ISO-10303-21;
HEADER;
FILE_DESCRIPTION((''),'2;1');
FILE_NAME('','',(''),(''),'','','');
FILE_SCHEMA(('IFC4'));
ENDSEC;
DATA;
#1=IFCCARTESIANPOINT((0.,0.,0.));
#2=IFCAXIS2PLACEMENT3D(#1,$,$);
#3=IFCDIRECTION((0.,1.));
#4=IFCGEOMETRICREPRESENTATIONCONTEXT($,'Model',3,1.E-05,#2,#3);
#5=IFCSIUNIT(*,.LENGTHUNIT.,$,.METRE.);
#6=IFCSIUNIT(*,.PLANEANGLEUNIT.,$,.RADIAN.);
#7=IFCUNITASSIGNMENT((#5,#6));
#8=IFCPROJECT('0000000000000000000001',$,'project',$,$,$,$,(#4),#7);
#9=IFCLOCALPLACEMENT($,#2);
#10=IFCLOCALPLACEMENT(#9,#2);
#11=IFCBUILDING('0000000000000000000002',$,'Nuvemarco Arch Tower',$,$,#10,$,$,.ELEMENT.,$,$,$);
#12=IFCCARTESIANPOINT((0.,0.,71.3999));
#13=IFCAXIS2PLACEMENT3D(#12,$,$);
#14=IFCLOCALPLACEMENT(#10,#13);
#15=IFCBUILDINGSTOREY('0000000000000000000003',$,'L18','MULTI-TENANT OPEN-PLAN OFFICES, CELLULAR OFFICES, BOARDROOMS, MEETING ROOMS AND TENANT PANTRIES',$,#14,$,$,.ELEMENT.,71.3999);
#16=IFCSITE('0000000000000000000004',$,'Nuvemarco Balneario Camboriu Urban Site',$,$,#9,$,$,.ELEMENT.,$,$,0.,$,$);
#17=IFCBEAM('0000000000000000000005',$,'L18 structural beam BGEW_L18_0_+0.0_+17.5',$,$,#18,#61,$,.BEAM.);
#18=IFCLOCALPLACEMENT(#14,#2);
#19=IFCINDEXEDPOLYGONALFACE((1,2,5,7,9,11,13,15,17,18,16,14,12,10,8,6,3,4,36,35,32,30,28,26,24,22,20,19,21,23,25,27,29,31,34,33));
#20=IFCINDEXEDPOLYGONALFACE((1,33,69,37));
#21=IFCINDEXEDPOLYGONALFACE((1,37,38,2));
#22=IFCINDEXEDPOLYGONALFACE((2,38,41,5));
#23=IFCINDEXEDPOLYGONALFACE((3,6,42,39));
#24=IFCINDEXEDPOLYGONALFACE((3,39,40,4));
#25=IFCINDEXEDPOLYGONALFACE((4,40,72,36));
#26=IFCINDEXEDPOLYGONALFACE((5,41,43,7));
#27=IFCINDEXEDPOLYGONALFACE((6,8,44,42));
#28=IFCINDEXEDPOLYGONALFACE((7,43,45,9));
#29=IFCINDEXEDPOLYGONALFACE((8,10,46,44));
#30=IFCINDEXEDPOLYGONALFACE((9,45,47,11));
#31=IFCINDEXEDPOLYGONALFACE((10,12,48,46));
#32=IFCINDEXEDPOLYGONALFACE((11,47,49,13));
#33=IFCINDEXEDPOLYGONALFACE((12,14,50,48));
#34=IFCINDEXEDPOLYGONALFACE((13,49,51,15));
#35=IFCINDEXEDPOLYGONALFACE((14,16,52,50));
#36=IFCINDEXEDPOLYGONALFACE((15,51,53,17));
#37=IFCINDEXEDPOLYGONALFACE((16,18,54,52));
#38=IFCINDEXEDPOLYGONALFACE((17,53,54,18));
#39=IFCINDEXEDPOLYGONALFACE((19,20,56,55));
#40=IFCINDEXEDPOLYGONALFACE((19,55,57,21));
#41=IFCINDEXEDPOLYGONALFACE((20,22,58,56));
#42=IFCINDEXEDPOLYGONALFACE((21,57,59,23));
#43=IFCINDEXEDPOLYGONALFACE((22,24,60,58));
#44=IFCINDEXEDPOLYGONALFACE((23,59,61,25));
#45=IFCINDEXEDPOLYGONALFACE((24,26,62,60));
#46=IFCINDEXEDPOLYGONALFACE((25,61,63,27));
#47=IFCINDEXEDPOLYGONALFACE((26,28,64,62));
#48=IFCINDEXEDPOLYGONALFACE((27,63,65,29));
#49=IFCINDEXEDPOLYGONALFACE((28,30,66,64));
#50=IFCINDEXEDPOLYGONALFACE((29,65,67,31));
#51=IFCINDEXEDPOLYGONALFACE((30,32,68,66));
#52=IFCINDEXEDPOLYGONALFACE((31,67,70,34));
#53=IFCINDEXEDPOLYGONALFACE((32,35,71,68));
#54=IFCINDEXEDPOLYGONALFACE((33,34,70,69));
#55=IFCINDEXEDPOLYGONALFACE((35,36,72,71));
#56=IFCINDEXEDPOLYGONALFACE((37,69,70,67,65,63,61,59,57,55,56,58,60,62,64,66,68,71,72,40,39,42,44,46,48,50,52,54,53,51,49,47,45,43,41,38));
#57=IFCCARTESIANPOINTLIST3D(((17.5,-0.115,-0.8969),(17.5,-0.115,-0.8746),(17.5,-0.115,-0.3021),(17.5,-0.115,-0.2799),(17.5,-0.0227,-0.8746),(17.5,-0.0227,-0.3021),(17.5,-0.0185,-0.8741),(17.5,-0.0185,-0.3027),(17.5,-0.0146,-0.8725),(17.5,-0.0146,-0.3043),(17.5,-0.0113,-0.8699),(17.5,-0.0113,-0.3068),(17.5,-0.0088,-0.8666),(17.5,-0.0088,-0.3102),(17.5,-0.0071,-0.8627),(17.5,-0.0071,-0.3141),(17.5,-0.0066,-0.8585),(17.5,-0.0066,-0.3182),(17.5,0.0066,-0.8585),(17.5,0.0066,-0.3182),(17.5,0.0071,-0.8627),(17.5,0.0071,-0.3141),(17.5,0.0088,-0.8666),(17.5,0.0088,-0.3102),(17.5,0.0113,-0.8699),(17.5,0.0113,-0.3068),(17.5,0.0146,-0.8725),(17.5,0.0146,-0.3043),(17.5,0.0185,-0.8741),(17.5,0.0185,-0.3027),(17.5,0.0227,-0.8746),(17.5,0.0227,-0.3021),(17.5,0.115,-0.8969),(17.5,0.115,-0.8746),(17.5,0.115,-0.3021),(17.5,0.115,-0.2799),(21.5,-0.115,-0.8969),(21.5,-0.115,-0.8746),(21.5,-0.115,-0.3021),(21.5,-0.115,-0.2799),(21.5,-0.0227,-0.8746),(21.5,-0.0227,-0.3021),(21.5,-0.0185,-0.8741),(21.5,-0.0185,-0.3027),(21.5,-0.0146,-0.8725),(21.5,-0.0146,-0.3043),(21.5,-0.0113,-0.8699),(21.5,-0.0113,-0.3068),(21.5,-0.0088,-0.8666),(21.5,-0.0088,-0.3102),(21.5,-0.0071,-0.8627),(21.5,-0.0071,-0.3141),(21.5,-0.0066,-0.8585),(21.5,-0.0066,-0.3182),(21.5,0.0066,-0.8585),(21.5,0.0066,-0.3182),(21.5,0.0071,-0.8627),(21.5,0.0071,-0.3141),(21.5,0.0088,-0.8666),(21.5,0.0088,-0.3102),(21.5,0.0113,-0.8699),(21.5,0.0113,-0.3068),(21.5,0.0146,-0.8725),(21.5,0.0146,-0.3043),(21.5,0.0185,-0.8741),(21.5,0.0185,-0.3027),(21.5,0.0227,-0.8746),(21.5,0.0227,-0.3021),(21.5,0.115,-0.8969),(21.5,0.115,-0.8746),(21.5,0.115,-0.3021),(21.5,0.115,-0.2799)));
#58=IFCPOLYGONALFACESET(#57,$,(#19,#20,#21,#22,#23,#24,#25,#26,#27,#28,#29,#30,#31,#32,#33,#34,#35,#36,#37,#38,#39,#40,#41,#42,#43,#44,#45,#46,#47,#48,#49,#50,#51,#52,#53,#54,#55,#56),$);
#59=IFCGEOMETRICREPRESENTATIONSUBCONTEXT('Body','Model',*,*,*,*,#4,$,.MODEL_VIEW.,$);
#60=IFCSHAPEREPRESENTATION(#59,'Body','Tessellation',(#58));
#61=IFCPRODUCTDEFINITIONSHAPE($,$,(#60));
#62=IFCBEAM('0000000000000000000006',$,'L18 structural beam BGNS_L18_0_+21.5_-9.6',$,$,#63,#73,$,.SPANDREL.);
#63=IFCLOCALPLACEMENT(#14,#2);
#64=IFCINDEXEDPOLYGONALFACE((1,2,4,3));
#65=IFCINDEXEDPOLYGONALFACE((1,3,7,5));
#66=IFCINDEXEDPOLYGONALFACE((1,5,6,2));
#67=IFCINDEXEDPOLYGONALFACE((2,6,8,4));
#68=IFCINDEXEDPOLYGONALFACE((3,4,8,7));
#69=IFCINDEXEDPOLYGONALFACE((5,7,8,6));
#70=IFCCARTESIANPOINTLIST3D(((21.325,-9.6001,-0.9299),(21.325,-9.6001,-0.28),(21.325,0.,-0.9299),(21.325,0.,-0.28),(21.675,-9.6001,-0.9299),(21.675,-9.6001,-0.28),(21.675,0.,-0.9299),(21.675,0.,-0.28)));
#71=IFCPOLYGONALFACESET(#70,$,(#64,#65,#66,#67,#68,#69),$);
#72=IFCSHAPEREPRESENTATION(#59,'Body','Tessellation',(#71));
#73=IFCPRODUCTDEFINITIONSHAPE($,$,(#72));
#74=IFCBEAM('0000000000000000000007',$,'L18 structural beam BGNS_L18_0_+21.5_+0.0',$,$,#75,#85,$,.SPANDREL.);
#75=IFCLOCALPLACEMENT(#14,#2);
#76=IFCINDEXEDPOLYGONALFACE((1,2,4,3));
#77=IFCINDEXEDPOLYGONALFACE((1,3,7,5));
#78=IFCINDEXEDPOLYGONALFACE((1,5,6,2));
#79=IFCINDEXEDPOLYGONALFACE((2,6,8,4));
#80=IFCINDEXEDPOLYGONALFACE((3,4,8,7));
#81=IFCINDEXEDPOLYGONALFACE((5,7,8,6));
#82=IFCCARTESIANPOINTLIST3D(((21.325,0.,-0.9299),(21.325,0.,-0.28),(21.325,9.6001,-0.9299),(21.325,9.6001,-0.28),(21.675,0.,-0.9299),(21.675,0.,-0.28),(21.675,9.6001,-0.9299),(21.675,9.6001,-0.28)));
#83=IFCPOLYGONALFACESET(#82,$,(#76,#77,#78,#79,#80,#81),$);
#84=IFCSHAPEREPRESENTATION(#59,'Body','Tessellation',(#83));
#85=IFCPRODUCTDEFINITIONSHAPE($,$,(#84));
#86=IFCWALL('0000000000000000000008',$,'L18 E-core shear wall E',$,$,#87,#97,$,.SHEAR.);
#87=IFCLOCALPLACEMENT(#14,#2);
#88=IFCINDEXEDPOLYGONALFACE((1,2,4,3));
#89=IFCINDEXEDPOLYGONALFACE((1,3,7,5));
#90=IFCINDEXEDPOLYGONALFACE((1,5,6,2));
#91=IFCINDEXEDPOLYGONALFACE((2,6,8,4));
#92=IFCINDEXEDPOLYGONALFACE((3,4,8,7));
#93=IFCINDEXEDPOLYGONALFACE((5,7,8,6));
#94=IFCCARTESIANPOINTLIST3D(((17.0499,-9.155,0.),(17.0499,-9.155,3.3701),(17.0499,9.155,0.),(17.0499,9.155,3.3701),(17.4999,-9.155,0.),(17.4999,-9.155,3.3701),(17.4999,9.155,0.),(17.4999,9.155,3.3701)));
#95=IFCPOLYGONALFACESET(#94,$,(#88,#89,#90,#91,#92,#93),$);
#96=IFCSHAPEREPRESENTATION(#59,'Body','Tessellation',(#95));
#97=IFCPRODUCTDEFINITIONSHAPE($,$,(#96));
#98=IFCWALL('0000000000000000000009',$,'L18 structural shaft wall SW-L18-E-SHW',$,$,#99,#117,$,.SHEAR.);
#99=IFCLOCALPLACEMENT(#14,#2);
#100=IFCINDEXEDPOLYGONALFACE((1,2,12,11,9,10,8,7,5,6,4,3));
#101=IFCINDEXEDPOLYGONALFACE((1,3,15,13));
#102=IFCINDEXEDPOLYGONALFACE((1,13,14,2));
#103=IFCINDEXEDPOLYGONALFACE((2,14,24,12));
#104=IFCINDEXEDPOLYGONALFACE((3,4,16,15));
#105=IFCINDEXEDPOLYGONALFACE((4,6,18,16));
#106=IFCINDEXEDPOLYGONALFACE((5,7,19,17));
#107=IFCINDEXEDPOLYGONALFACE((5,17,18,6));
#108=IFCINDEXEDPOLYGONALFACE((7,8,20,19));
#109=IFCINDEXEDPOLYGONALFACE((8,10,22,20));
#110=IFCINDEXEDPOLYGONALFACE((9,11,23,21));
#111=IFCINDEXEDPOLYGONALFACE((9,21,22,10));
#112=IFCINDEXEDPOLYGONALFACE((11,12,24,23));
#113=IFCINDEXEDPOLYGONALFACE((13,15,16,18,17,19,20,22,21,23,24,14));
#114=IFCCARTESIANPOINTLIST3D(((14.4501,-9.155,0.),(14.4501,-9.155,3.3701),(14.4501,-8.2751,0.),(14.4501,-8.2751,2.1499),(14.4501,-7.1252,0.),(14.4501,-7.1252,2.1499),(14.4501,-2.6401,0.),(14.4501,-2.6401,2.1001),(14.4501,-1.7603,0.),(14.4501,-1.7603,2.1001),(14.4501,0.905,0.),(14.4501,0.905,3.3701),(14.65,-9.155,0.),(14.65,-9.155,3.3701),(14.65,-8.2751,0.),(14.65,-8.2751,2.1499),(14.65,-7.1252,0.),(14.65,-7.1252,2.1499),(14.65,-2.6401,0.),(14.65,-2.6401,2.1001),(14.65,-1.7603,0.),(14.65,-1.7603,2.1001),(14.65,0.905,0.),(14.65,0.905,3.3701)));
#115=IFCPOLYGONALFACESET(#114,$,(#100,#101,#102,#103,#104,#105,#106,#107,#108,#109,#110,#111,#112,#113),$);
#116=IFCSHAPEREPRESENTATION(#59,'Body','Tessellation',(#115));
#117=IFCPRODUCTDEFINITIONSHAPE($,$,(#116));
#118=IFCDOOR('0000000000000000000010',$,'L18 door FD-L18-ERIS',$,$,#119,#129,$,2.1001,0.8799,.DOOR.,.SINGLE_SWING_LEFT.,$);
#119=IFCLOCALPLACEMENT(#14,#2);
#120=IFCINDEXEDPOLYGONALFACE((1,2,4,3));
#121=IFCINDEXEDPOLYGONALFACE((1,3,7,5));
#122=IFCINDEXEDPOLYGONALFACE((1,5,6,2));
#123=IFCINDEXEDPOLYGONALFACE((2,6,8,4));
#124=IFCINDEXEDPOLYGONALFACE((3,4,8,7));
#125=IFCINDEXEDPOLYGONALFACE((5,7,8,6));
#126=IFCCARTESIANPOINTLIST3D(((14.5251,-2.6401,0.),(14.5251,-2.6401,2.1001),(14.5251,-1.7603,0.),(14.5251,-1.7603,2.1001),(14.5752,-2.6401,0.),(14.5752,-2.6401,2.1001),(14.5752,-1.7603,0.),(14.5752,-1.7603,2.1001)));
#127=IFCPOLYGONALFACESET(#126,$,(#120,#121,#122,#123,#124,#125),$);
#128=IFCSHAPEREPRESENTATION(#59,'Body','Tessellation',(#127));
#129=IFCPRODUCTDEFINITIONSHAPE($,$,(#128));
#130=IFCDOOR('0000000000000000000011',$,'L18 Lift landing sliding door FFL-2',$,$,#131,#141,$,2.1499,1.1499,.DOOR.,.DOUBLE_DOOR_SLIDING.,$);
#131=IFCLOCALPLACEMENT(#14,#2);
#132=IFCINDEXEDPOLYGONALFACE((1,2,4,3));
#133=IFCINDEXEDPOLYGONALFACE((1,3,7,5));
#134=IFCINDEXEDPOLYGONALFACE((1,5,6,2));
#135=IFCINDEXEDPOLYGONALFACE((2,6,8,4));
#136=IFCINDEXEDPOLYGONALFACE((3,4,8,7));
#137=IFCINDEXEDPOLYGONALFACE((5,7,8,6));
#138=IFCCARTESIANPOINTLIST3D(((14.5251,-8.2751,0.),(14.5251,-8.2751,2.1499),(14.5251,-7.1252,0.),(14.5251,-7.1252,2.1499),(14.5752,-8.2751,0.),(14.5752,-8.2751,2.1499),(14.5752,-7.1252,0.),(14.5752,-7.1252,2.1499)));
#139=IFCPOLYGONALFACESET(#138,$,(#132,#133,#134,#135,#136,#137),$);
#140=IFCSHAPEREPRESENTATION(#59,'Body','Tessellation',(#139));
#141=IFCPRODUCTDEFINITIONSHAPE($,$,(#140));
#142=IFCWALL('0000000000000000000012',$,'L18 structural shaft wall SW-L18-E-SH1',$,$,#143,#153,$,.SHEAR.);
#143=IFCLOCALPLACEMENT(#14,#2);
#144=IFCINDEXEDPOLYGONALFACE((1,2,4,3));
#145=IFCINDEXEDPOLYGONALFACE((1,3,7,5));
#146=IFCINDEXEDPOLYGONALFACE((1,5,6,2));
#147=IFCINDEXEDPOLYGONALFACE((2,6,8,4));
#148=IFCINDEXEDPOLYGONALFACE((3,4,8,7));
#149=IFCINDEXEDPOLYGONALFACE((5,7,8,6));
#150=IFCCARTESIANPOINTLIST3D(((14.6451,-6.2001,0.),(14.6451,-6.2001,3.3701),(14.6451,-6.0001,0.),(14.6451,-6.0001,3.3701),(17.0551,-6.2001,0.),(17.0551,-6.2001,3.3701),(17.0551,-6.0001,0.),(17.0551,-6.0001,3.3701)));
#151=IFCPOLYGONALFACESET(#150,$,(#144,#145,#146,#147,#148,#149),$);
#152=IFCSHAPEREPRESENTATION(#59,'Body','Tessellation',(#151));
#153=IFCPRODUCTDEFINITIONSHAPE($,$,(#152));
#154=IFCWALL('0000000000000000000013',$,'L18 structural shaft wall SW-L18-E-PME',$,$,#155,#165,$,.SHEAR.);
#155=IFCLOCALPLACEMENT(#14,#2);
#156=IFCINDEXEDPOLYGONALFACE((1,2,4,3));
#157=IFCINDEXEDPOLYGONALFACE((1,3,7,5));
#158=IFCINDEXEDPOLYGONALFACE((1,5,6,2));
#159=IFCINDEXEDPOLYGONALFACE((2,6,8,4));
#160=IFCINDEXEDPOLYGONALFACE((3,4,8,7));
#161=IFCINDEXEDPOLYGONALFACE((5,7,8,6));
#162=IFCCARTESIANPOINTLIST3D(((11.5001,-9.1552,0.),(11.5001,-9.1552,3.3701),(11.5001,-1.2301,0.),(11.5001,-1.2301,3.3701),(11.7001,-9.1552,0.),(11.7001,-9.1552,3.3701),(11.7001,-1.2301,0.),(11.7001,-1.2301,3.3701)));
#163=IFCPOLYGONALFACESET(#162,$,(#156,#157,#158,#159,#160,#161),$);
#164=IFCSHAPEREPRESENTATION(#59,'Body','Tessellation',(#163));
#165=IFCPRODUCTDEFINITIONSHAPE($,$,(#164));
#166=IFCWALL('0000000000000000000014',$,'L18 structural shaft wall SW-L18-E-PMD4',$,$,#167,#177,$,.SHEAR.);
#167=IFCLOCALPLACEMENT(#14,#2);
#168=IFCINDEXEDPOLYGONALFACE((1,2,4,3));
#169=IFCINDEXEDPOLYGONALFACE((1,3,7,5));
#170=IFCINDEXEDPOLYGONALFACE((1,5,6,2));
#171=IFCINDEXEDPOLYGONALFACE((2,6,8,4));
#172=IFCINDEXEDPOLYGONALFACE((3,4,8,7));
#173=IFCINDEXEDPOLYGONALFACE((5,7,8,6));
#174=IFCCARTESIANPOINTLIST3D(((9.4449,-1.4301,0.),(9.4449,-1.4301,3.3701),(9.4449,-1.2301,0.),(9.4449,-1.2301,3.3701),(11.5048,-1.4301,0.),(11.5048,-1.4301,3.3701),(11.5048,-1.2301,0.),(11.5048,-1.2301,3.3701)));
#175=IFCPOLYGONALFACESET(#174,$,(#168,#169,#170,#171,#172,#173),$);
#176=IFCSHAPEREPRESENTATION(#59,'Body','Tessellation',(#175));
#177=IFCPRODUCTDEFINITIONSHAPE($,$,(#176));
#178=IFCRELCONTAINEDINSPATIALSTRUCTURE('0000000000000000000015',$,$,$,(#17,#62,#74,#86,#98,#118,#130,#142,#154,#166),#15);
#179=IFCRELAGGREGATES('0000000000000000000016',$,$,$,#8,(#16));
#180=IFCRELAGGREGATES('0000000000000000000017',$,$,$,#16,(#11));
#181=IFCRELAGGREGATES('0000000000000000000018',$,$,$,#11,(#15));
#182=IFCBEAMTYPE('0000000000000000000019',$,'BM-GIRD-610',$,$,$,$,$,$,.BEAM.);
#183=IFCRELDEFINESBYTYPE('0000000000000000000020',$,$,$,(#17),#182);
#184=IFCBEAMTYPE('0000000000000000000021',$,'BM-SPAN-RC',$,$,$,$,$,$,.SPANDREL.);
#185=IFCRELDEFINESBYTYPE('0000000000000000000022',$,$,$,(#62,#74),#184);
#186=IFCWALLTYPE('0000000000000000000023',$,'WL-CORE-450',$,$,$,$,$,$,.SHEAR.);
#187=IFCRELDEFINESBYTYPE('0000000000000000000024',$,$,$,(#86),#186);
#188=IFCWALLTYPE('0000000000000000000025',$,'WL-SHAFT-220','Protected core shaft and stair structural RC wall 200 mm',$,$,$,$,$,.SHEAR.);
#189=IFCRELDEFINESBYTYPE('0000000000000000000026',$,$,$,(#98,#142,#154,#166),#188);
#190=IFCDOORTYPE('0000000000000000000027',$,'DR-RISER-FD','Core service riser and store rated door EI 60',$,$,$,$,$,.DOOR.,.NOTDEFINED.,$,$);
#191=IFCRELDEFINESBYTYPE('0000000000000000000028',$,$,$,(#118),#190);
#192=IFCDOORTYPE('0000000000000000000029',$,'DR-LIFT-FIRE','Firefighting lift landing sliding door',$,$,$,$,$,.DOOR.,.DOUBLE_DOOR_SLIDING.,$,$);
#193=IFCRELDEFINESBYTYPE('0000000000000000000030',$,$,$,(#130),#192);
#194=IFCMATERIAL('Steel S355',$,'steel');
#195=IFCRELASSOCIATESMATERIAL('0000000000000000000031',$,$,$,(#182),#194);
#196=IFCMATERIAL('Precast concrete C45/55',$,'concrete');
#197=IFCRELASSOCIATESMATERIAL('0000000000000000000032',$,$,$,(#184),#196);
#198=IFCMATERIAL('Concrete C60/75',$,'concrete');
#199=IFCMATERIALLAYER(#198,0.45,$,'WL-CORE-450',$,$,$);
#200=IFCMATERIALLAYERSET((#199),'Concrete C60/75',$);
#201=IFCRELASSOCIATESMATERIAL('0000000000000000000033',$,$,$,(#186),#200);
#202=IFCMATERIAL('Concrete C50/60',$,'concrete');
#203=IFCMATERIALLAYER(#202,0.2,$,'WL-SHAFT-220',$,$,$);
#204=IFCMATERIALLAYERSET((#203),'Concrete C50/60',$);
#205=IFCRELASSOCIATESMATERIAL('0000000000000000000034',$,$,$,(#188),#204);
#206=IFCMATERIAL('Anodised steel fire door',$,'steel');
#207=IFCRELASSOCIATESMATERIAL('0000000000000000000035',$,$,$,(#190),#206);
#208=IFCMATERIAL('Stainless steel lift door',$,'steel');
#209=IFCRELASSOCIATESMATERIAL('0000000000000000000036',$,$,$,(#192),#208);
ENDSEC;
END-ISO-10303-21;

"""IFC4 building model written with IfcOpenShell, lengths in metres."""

from ifc_helpers import new_model, si_unit, direction, frame, frame_2d, origin, origin_2d, place, context, subcontext, project, spatial, rectangle, i_section, extrude, source, transform, mapped, material, layer, layer_set, material_profile, profile_set, type_object, type_shapes, element, fill, save


model = new_model("IFC4")

# Units and contexts
model_context = context("Model", 3, precision=1e-05, world=origin(), true_north=direction((0.0, 1.0)))
body_context = subcontext(model_context, "Body", "Model", "MODEL_VIEW")
ifc_project = project(units=[si_unit("LENGTHUNIT", "METRE"), si_unit("PLANEANGLEUNIT", "RADIAN")], contexts=[model_context])

# Site, building, storey
site_placement = place(None, origin())
site = spatial("IfcSite", under=ifc_project, at=site_placement, Name="Nuvemarco Balneario Camboriu Urban Site", CompositionType="ELEMENT", RefElevation=0.0)
building_placement = place(site_placement, origin())
building = spatial("IfcBuilding", under=site, at=building_placement, Name="Nuvemarco Arch Tower", CompositionType="ELEMENT")
storey_placement = place(building_placement, frame((0.0, 0.0, 71.3999)))
storey = spatial("IfcBuildingStorey", under=building, at=storey_placement, Name="L18", Description="MULTI-TENANT OPEN-PLAN OFFICES, CELLULAR OFFICES, BOARDROOMS, MEETING ROOMS AND TENANT PANTRIES", CompositionType="ELEMENT", Elevation=71.3999)

# Shared definitions
ifc_material_1 = material(Name="Concrete C60/75", Category="concrete")

# Beams
ifc_material_2 = material(Name="Steel S355", Category="steel")
ifc_material_profile_1 = material_profile(ifc_material_2, i_section(OverallWidth=0.23, OverallDepth=0.6169, WebThickness=0.0132, FlangeThickness=0.0222, FilletRadius=0.0161, at=origin_2d()), Name="W610x140")
ifc_profile_set_1 = profile_set([ifc_material_profile_1], Name="Steel S355")
beam_type_1 = type_object("IfcBeamType", Name="BM-GIRD-610", PredefinedType="BEAM", material=ifc_profile_set_1)
for number, where, z_axis, x_axis, name in (
    (1, (17.5, 0.0, -0.5884), (1.0, 0.0, 0.0), (0.0, 1.0, 0.0), "L18 structural beam BGEW_L18_0_+0.0_+17.5"),
):
    element("IfcBeam", number, at=place(storey_placement, frame(where, z_axis=z_axis, x_axis=x_axis)), inside=storey, type_object=beam_type_1, Name=name, PredefinedType="BEAM", context=body_context, shape_type="SweptSolid", body=[
        extrude(i_section(OverallWidth=0.23, OverallDepth=0.6169, WebThickness=0.0132, FlangeThickness=0.0222, FilletRadius=0.0161, at=origin_2d()), origin(), (0.0, 0.0, 1.0), 4.0),
    ])
ifc_material_3 = material(Name="Precast concrete C45/55", Category="concrete")
ifc_material_profile_2 = material_profile(ifc_material_3, rectangle(XDim=0.3501, YDim=0.6499, at=origin_2d()), Name="PC-SP-350x650")
ifc_profile_set_2 = profile_set([ifc_material_profile_2], Name="Precast concrete C45/55")
beam_type_2 = type_object("IfcBeamType", Name="BM-SPAN-RC", PredefinedType="SPANDREL", material=ifc_profile_set_2)
for number, where, z_axis, x_axis, name in (
    (2, (21.5, -9.6001, -0.605), (0.0, 1.0, 0.0), (-1.0, 0.0, 0.0), "L18 structural beam BGNS_L18_0_+21.5_-9.6"),
    (3, (21.5, 0.0, -0.605), (0.0, 1.0, 0.0), (-1.0, 0.0, 0.0), "L18 structural beam BGNS_L18_0_+21.5_+0.0"),
):
    element("IfcBeam", number, at=place(storey_placement, frame(where, z_axis=z_axis, x_axis=x_axis)), inside=storey, type_object=beam_type_2, Name=name, PredefinedType="SPANDREL", context=body_context, shape_type="SweptSolid", body=[
        extrude(rectangle(XDim=0.3501, YDim=0.6499, at=origin_2d()), origin(), (0.0, 0.0, 1.0), 9.6001),
    ])

# Wall
ifc_layer_1 = layer(ifc_material_1, 0.45, Name="WL-CORE-450")
ifc_layer_set_1 = layer_set([ifc_layer_1], Name="Concrete C60/75")
wall_type_1 = type_object("IfcWallType", Name="WL-CORE-450", PredefinedType="SHEAR", material=ifc_layer_set_1)
wall_1_placement = place(storey_placement, frame((17.2749, -9.155, 0.0), z_axis=(0.0, 0.0, 1.0), x_axis=(0.0, 1.0, 0.0)))
element("IfcWall", 4, at=wall_1_placement, inside=storey, type_object=wall_type_1, Name="L18 E-core shear wall E", PredefinedType="SHEAR", context=body_context, shape_type="SweptSolid", body=[
    extrude(rectangle(XDim=18.3101, YDim=0.45, at=frame_2d((9.155, 0.0))), origin(), (0.0, 0.0, 1.0), 3.3701),
])

# Wall, openings, doors
ifc_material_4 = material(Name="Concrete C50/60", Category="concrete")
ifc_layer_2 = layer(ifc_material_4, 0.2, Name="WL-SHAFT-220")
ifc_layer_set_2 = layer_set([ifc_layer_2], Name="Concrete C50/60")
wall_type_2 = type_object("IfcWallType", Name="WL-SHAFT-220", Description="Protected core shaft and stair structural RC wall 200 mm", PredefinedType="SHEAR", material=ifc_layer_set_2)
wall_2_placement = place(storey_placement, frame((14.55, -9.155, 0.0), z_axis=(0.0, 0.0, 1.0), x_axis=(0.0, 1.0, 0.0)))
wall_2 = element("IfcWall", 5, at=wall_2_placement, inside=storey, type_object=wall_type_2, Name="L18 structural shaft wall SW-L18-E-SHW", PredefinedType="SHEAR", context=body_context, shape_type="SweptSolid", body=[
    extrude(rectangle(XDim=10.0601, YDim=0.2, at=frame_2d((5.03, 0.0))), origin(), (0.0, 0.0, 1.0), 3.3701),
])
opening_1_placement = place(wall_2_placement, frame((6.5149, 0.0, 0.0)))
opening_1 = element("IfcOpeningElement", 6, at=opening_1_placement, cuts=wall_2, PredefinedType="OPENING", context=body_context, shape_type="SweptSolid", body=[
    extrude(rectangle(XDim=0.8799, YDim=2.1001, at=frame_2d((0.4399, 1.05))), frame((0.0, 0.1099, 0.0), z_axis=(0.0, -1.0, 0.0), x_axis=(1.0, 0.0, 0.0)), (0.0, 0.0, 1.0), 0.22),
])
opening_2_placement = place(wall_2_placement, frame((0.8799, 0.0, 0.0)))
opening_2 = element("IfcOpeningElement", 7, at=opening_2_placement, cuts=wall_2, PredefinedType="OPENING", context=body_context, shape_type="SweptSolid", body=[
    extrude(rectangle(XDim=1.1499, YDim=2.1499, at=frame_2d((0.575, 1.075))), frame((0.0, 0.1099, 0.0), z_axis=(0.0, -1.0, 0.0), x_axis=(1.0, 0.0, 0.0)), (0.0, 0.0, 1.0), 0.22),
])
ifc_material_5 = material(Name="Anodised steel fire door", Category="steel")
door_type_1 = type_object("IfcDoorType", Name="DR-RISER-FD", Description="Core service riser and store rated door EI 60", OperationType="NOTDEFINED", PredefinedType="DOOR", material=ifc_material_5)
shared_shape_1 = source(origin(), body_context, "Body", "SweptSolid", [
    extrude(rectangle(XDim=0.8799, YDim=2.1001, at=frame_2d((0.4399, 1.05))), frame((0.0, 0.0249, 0.0), z_axis=(0.0, -1.0, 0.0), x_axis=(1.0, 0.0, 0.0)), (0.0, 0.0, 1.0), 0.05),
])
type_shapes(door_type_1, [shared_shape_1])
door_1_placement = place(opening_1_placement, origin())
door_1 = element("IfcDoor", 8, at=door_1_placement, inside=storey, type_object=door_type_1, Name="L18 door FD-L18-ERIS", OperationType="SINGLE_SWING_LEFT", OverallHeight=2.1001, OverallWidth=0.8799, PredefinedType="DOOR", context=body_context, shape_type="MappedRepresentation", body=[
    mapped(shared_shape_1, transform((0.0, 0.0, 0.0), scale=1.0)),
])
fill(opening_1, door_1)
ifc_material_6 = material(Name="Stainless steel lift door", Category="steel")
door_type_2 = type_object("IfcDoorType", Name="DR-LIFT-FIRE", Description="Firefighting lift landing sliding door", OperationType="DOUBLE_DOOR_SLIDING", PredefinedType="DOOR", material=ifc_material_6)
shared_shape_2 = source(origin(), body_context, "Body", "SweptSolid", [
    extrude(rectangle(XDim=1.1499, YDim=2.1499, at=frame_2d((0.575, 1.075))), frame((0.0, 0.0249, 0.0), z_axis=(0.0, -1.0, 0.0), x_axis=(1.0, 0.0, 0.0)), (0.0, 0.0, 1.0), 0.05),
])
type_shapes(door_type_2, [shared_shape_2])
door_2_placement = place(opening_2_placement, origin())
door_2 = element("IfcDoor", 9, at=door_2_placement, inside=storey, type_object=door_type_2, Name="L18 Lift landing sliding door FFL-2", OperationType="DOUBLE_DOOR_SLIDING", OverallHeight=2.1499, OverallWidth=1.1499, PredefinedType="DOOR", context=body_context, shape_type="MappedRepresentation", body=[
    mapped(shared_shape_2, transform((0.0, 0.0, 0.0), scale=1.0)),
])
fill(opening_2, door_2)

# Walls
wall_3_placement = place(storey_placement, frame((14.645, -6.1001, 0.0), z_axis=(0.0, 0.0, 1.0), x_axis=(1.0, 0.0, 0.0)))
element("IfcWall", 10, at=wall_3_placement, inside=storey, type_object=wall_type_2, Name="L18 structural shaft wall SW-L18-E-SH1", PredefinedType="SHEAR", context=body_context, shape_type="SweptSolid", body=[
    extrude(rectangle(XDim=2.4099, YDim=0.2, at=frame_2d((1.2051, 0.0))), origin(), (0.0, 0.0, 1.0), 3.3701),
])
wall_4_placement = place(storey_placement, frame((11.6001, -9.155, 0.0), z_axis=(0.0, 0.0, 1.0), x_axis=(0.0, 1.0, 0.0)))
element("IfcWall", 11, at=wall_4_placement, inside=storey, type_object=wall_type_2, Name="L18 structural shaft wall SW-L18-E-PME", PredefinedType="SHEAR", context=body_context, shape_type="SweptSolid", body=[
    extrude(rectangle(XDim=7.925, YDim=0.2, at=frame_2d((3.9624, 0.0))), origin(), (0.0, 0.0, 1.0), 3.3701),
])

# Wall
wall_5_placement = place(storey_placement, frame((9.4451, -1.3301, 0.0), z_axis=(0.0, 0.0, 1.0), x_axis=(1.0, 0.0, 0.0)))
element("IfcWall", 12, at=wall_5_placement, inside=storey, type_object=wall_type_2, Name="L18 structural shaft wall SW-L18-E-PMD4", PredefinedType="SHEAR", context=body_context, shape_type="SweptSolid", body=[
    extrude(rectangle(XDim=2.0598, YDim=0.2, at=frame_2d((1.0298, 0.0))), origin(), (0.0, 0.0, 1.0), 3.3701),
])

save(model, "model.ifc")
